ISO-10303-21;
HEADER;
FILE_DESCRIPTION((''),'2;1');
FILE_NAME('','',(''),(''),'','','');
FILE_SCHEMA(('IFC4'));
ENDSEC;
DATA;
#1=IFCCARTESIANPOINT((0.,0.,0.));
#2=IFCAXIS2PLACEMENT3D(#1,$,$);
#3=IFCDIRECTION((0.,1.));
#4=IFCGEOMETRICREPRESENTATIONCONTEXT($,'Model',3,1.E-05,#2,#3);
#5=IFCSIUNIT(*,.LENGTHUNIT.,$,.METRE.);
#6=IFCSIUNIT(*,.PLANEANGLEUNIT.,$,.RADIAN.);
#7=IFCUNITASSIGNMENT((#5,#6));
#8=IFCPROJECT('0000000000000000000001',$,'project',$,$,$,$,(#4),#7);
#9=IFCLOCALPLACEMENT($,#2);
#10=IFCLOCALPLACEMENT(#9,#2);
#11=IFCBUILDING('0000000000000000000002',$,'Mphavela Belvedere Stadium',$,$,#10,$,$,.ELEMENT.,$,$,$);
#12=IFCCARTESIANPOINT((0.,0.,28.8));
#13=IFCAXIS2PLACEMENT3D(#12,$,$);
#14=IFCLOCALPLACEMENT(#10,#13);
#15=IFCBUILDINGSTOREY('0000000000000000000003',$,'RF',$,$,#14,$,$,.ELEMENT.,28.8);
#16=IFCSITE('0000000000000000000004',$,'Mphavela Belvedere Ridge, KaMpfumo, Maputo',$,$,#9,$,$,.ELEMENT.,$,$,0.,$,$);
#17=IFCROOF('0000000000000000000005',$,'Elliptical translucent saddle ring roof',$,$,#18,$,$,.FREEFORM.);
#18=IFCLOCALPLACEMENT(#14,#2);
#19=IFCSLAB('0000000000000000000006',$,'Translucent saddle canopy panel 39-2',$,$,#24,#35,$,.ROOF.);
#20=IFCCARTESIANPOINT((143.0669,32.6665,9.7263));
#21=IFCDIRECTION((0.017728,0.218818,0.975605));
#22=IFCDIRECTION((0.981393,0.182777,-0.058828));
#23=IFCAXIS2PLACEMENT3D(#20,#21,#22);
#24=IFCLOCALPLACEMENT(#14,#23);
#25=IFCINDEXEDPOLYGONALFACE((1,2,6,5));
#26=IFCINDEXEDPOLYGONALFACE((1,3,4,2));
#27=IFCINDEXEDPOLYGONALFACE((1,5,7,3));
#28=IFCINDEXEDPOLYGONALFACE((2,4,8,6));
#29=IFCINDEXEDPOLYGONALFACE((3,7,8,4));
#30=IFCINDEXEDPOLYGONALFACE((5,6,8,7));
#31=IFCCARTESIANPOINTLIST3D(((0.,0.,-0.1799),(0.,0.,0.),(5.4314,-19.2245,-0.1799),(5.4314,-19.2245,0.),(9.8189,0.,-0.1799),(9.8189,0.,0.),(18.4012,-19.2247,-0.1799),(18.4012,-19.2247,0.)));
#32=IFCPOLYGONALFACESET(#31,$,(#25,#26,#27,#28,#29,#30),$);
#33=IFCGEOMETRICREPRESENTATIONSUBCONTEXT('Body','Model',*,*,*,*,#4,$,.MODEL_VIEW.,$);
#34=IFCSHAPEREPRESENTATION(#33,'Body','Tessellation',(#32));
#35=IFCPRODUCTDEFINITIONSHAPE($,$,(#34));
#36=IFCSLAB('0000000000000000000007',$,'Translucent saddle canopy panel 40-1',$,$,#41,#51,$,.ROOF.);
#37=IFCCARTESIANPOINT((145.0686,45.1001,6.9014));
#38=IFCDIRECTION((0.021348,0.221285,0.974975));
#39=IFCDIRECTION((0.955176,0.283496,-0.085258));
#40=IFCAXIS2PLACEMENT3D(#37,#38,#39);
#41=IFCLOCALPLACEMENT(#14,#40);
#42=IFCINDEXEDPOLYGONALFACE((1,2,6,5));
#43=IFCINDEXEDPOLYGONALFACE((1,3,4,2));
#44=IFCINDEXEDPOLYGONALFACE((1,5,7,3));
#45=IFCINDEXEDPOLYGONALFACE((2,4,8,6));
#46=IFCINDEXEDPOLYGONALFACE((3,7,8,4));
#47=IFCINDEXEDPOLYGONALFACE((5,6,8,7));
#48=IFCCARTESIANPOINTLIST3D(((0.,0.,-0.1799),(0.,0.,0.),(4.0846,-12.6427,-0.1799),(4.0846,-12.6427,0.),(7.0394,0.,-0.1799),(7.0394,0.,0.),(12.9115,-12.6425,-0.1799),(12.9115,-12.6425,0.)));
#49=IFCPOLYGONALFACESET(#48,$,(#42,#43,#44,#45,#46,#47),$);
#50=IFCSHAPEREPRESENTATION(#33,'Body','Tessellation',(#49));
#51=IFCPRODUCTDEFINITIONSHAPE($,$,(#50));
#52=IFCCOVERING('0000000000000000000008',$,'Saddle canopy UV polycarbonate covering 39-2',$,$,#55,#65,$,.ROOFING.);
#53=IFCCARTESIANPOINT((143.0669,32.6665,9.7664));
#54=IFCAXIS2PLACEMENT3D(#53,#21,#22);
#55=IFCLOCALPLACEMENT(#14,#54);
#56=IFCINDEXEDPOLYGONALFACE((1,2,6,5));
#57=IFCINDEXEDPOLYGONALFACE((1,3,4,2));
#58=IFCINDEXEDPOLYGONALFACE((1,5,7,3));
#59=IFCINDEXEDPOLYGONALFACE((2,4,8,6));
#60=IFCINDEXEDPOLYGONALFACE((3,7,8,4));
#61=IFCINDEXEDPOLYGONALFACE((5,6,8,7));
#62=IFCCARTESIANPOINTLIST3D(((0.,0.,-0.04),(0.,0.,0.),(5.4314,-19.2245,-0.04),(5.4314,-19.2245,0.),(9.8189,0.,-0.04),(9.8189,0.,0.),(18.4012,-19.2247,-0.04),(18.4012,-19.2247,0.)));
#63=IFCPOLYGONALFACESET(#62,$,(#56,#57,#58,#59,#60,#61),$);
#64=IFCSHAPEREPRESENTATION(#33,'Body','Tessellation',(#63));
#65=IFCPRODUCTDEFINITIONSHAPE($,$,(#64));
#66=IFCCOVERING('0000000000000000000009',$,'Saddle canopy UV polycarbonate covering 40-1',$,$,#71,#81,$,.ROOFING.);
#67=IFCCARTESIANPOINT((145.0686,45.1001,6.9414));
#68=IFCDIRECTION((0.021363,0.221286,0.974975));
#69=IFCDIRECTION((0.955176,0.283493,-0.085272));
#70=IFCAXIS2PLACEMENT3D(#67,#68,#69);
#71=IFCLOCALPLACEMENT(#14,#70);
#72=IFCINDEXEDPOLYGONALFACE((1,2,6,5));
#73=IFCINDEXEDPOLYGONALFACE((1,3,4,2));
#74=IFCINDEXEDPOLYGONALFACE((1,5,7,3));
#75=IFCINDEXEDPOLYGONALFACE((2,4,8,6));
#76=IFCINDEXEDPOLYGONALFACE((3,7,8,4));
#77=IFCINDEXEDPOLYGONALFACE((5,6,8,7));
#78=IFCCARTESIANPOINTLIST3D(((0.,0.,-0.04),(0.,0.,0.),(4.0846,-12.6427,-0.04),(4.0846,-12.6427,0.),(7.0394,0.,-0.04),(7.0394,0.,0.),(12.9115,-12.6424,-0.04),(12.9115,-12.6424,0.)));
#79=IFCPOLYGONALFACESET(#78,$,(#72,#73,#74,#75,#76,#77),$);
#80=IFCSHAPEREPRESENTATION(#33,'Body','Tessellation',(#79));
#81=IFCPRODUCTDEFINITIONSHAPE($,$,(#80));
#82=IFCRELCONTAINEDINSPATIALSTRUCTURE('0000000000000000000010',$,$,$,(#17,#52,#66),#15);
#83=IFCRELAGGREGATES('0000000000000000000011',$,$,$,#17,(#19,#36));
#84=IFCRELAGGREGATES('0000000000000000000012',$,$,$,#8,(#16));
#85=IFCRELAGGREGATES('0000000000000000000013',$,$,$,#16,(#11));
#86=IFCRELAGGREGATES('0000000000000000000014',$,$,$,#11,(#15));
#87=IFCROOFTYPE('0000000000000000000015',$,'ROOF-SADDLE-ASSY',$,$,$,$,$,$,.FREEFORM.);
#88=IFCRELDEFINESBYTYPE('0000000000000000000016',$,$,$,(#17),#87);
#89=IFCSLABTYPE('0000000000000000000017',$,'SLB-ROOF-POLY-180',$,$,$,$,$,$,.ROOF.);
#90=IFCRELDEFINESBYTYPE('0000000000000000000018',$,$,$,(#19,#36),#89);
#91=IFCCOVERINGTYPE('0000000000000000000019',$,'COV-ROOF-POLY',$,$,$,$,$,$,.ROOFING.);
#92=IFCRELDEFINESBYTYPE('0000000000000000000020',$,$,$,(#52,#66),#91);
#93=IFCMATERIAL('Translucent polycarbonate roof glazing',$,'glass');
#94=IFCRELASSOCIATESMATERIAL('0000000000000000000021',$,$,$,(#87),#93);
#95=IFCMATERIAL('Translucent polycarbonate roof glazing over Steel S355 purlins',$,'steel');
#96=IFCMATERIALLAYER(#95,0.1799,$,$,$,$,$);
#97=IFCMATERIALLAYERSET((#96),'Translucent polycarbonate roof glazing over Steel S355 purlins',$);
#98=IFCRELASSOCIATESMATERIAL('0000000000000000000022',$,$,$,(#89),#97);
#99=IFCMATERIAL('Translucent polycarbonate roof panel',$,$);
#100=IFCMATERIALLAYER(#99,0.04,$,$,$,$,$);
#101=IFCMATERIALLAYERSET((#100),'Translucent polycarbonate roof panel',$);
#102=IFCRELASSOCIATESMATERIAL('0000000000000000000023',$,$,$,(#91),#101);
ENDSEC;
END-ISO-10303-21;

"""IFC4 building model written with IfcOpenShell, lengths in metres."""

from ifc_helpers import new_model, si_unit, direction, frame, origin, place, context, subcontext, project, spatial, polyline, outline, extrude, material, layer, layer_set, type_object, element, aggregate, save


model = new_model("IFC4")

# Units and contexts
model_context = context("Model", 3, precision=1e-05, world=origin(), true_north=direction((0.0, 1.0)))
body_context = subcontext(model_context, "Body", "Model", "MODEL_VIEW")
ifc_project = project(units=[si_unit("LENGTHUNIT", "METRE"), si_unit("PLANEANGLEUNIT", "RADIAN")], contexts=[model_context])

# Site, building, storey
site_placement = place(None, origin())
site = spatial("IfcSite", under=ifc_project, at=site_placement, Name="Mphavela Belvedere Ridge, KaMpfumo, Maputo", CompositionType="ELEMENT", RefElevation=0.0)
building_placement = place(site_placement, origin())
building = spatial("IfcBuilding", under=site, at=building_placement, Name="Mphavela Belvedere Stadium", CompositionType="ELEMENT")
storey_placement = place(building_placement, frame((0.0, 0.0, 28.8)))
storey = spatial("IfcBuildingStorey", under=building, at=storey_placement, Name="RF", CompositionType="ELEMENT", Elevation=28.8)

# Roof, slabs
ifc_material_1 = material(Name="Translucent polycarbonate roof glazing", Category="glass")
roof_type = type_object("IfcRoofType", Name="ROOF-SADDLE-ASSY", PredefinedType="FREEFORM", material=ifc_material_1)
roof_placement = place(storey_placement, origin())
roof = element("IfcRoof", 1, at=roof_placement, inside=storey, type_object=roof_type, Name="Elliptical translucent saddle ring roof", PredefinedType="FREEFORM")
ifc_material_2 = material(Name="Translucent polycarbonate roof glazing over Steel S355 purlins", Category="steel")
ifc_layer_1 = layer(ifc_material_2, 0.1799)
ifc_layer_set_1 = layer_set([ifc_layer_1], Name="Translucent polycarbonate roof glazing over Steel S355 purlins")
slab_type = type_object("IfcSlabType", Name="SLB-ROOF-POLY-180", PredefinedType="ROOF", material=ifc_layer_set_1)
slab_1_placement = place(storey_placement, frame((143.0669, 32.6665, 9.7263), z_axis=(0.017728, 0.218818, 0.975605), x_axis=(0.981393, 0.182777, -0.058828)))
slab_1 = element("IfcSlab", 2, at=slab_1_placement, type_object=slab_type, Name="Translucent saddle canopy panel 39-2", PredefinedType="ROOF", context=body_context, shape_type="SweptSolid", body=[
    extrude(outline(polyline([(0.0, 0.0), (9.8189, 0.0), (18.4012, -19.2247), (5.4314, -19.2245), (0.0, 0.0)])), origin(), (0.0, 0.0, -1.0), 0.1799),
])
slab_2_placement = place(storey_placement, frame((145.0686, 45.1001, 6.9014), z_axis=(0.021348, 0.221285, 0.974975), x_axis=(0.955176, 0.283496, -0.085258)))
slab_2 = element("IfcSlab", 3, at=slab_2_placement, type_object=slab_type, Name="Translucent saddle canopy panel 40-1", PredefinedType="ROOF", context=body_context, shape_type="SweptSolid", body=[
    extrude(outline(polyline([(0.0, 0.0), (7.0394, 0.0), (12.9115, -12.6425), (4.0846, -12.6427), (0.0, 0.0)])), origin(), (0.0, 0.0, -1.0), 0.1799),
])
aggregate(roof, [slab_1, slab_2])

# Coverings
ifc_material_3 = material(Name="Translucent polycarbonate roof panel")
ifc_layer_2 = layer(ifc_material_3, 0.04)
ifc_layer_set_2 = layer_set([ifc_layer_2], Name="Translucent polycarbonate roof panel")
covering_type = type_object("IfcCoveringType", Name="COV-ROOF-POLY", PredefinedType="ROOFING", material=ifc_layer_set_2)
covering_1_placement = place(storey_placement, frame((143.0669, 32.6665, 9.7664), z_axis=(0.017728, 0.218818, 0.975605), x_axis=(0.981393, 0.182777, -0.058828)))
element("IfcCovering", 4, at=covering_1_placement, inside=storey, type_object=covering_type, Name="Saddle canopy UV polycarbonate covering 39-2", PredefinedType="ROOFING", context=body_context, shape_type="SweptSolid", body=[
    extrude(outline(polyline([(0.0, 0.0), (9.8189, 0.0), (18.4012, -19.2247), (5.4314, -19.2245), (0.0, 0.0)])), origin(), (0.0, 0.0, -1.0), 0.04),
])
covering_2_placement = place(storey_placement, frame((145.0686, 45.1001, 6.9414), z_axis=(0.021363, 0.221286, 0.974975), x_axis=(0.955176, 0.283493, -0.085272)))
element("IfcCovering", 5, at=covering_2_placement, inside=storey, type_object=covering_type, Name="Saddle canopy UV polycarbonate covering 40-1", PredefinedType="ROOFING", context=body_context, shape_type="SweptSolid", body=[
    extrude(outline(polyline([(0.0, 0.0), (7.0394, 0.0), (12.9115, -12.6424), (4.0846, -12.6427), (0.0, 0.0)])), origin(), (0.0, 0.0, -1.0), 0.04),
])

save(model, "model.ifc")
